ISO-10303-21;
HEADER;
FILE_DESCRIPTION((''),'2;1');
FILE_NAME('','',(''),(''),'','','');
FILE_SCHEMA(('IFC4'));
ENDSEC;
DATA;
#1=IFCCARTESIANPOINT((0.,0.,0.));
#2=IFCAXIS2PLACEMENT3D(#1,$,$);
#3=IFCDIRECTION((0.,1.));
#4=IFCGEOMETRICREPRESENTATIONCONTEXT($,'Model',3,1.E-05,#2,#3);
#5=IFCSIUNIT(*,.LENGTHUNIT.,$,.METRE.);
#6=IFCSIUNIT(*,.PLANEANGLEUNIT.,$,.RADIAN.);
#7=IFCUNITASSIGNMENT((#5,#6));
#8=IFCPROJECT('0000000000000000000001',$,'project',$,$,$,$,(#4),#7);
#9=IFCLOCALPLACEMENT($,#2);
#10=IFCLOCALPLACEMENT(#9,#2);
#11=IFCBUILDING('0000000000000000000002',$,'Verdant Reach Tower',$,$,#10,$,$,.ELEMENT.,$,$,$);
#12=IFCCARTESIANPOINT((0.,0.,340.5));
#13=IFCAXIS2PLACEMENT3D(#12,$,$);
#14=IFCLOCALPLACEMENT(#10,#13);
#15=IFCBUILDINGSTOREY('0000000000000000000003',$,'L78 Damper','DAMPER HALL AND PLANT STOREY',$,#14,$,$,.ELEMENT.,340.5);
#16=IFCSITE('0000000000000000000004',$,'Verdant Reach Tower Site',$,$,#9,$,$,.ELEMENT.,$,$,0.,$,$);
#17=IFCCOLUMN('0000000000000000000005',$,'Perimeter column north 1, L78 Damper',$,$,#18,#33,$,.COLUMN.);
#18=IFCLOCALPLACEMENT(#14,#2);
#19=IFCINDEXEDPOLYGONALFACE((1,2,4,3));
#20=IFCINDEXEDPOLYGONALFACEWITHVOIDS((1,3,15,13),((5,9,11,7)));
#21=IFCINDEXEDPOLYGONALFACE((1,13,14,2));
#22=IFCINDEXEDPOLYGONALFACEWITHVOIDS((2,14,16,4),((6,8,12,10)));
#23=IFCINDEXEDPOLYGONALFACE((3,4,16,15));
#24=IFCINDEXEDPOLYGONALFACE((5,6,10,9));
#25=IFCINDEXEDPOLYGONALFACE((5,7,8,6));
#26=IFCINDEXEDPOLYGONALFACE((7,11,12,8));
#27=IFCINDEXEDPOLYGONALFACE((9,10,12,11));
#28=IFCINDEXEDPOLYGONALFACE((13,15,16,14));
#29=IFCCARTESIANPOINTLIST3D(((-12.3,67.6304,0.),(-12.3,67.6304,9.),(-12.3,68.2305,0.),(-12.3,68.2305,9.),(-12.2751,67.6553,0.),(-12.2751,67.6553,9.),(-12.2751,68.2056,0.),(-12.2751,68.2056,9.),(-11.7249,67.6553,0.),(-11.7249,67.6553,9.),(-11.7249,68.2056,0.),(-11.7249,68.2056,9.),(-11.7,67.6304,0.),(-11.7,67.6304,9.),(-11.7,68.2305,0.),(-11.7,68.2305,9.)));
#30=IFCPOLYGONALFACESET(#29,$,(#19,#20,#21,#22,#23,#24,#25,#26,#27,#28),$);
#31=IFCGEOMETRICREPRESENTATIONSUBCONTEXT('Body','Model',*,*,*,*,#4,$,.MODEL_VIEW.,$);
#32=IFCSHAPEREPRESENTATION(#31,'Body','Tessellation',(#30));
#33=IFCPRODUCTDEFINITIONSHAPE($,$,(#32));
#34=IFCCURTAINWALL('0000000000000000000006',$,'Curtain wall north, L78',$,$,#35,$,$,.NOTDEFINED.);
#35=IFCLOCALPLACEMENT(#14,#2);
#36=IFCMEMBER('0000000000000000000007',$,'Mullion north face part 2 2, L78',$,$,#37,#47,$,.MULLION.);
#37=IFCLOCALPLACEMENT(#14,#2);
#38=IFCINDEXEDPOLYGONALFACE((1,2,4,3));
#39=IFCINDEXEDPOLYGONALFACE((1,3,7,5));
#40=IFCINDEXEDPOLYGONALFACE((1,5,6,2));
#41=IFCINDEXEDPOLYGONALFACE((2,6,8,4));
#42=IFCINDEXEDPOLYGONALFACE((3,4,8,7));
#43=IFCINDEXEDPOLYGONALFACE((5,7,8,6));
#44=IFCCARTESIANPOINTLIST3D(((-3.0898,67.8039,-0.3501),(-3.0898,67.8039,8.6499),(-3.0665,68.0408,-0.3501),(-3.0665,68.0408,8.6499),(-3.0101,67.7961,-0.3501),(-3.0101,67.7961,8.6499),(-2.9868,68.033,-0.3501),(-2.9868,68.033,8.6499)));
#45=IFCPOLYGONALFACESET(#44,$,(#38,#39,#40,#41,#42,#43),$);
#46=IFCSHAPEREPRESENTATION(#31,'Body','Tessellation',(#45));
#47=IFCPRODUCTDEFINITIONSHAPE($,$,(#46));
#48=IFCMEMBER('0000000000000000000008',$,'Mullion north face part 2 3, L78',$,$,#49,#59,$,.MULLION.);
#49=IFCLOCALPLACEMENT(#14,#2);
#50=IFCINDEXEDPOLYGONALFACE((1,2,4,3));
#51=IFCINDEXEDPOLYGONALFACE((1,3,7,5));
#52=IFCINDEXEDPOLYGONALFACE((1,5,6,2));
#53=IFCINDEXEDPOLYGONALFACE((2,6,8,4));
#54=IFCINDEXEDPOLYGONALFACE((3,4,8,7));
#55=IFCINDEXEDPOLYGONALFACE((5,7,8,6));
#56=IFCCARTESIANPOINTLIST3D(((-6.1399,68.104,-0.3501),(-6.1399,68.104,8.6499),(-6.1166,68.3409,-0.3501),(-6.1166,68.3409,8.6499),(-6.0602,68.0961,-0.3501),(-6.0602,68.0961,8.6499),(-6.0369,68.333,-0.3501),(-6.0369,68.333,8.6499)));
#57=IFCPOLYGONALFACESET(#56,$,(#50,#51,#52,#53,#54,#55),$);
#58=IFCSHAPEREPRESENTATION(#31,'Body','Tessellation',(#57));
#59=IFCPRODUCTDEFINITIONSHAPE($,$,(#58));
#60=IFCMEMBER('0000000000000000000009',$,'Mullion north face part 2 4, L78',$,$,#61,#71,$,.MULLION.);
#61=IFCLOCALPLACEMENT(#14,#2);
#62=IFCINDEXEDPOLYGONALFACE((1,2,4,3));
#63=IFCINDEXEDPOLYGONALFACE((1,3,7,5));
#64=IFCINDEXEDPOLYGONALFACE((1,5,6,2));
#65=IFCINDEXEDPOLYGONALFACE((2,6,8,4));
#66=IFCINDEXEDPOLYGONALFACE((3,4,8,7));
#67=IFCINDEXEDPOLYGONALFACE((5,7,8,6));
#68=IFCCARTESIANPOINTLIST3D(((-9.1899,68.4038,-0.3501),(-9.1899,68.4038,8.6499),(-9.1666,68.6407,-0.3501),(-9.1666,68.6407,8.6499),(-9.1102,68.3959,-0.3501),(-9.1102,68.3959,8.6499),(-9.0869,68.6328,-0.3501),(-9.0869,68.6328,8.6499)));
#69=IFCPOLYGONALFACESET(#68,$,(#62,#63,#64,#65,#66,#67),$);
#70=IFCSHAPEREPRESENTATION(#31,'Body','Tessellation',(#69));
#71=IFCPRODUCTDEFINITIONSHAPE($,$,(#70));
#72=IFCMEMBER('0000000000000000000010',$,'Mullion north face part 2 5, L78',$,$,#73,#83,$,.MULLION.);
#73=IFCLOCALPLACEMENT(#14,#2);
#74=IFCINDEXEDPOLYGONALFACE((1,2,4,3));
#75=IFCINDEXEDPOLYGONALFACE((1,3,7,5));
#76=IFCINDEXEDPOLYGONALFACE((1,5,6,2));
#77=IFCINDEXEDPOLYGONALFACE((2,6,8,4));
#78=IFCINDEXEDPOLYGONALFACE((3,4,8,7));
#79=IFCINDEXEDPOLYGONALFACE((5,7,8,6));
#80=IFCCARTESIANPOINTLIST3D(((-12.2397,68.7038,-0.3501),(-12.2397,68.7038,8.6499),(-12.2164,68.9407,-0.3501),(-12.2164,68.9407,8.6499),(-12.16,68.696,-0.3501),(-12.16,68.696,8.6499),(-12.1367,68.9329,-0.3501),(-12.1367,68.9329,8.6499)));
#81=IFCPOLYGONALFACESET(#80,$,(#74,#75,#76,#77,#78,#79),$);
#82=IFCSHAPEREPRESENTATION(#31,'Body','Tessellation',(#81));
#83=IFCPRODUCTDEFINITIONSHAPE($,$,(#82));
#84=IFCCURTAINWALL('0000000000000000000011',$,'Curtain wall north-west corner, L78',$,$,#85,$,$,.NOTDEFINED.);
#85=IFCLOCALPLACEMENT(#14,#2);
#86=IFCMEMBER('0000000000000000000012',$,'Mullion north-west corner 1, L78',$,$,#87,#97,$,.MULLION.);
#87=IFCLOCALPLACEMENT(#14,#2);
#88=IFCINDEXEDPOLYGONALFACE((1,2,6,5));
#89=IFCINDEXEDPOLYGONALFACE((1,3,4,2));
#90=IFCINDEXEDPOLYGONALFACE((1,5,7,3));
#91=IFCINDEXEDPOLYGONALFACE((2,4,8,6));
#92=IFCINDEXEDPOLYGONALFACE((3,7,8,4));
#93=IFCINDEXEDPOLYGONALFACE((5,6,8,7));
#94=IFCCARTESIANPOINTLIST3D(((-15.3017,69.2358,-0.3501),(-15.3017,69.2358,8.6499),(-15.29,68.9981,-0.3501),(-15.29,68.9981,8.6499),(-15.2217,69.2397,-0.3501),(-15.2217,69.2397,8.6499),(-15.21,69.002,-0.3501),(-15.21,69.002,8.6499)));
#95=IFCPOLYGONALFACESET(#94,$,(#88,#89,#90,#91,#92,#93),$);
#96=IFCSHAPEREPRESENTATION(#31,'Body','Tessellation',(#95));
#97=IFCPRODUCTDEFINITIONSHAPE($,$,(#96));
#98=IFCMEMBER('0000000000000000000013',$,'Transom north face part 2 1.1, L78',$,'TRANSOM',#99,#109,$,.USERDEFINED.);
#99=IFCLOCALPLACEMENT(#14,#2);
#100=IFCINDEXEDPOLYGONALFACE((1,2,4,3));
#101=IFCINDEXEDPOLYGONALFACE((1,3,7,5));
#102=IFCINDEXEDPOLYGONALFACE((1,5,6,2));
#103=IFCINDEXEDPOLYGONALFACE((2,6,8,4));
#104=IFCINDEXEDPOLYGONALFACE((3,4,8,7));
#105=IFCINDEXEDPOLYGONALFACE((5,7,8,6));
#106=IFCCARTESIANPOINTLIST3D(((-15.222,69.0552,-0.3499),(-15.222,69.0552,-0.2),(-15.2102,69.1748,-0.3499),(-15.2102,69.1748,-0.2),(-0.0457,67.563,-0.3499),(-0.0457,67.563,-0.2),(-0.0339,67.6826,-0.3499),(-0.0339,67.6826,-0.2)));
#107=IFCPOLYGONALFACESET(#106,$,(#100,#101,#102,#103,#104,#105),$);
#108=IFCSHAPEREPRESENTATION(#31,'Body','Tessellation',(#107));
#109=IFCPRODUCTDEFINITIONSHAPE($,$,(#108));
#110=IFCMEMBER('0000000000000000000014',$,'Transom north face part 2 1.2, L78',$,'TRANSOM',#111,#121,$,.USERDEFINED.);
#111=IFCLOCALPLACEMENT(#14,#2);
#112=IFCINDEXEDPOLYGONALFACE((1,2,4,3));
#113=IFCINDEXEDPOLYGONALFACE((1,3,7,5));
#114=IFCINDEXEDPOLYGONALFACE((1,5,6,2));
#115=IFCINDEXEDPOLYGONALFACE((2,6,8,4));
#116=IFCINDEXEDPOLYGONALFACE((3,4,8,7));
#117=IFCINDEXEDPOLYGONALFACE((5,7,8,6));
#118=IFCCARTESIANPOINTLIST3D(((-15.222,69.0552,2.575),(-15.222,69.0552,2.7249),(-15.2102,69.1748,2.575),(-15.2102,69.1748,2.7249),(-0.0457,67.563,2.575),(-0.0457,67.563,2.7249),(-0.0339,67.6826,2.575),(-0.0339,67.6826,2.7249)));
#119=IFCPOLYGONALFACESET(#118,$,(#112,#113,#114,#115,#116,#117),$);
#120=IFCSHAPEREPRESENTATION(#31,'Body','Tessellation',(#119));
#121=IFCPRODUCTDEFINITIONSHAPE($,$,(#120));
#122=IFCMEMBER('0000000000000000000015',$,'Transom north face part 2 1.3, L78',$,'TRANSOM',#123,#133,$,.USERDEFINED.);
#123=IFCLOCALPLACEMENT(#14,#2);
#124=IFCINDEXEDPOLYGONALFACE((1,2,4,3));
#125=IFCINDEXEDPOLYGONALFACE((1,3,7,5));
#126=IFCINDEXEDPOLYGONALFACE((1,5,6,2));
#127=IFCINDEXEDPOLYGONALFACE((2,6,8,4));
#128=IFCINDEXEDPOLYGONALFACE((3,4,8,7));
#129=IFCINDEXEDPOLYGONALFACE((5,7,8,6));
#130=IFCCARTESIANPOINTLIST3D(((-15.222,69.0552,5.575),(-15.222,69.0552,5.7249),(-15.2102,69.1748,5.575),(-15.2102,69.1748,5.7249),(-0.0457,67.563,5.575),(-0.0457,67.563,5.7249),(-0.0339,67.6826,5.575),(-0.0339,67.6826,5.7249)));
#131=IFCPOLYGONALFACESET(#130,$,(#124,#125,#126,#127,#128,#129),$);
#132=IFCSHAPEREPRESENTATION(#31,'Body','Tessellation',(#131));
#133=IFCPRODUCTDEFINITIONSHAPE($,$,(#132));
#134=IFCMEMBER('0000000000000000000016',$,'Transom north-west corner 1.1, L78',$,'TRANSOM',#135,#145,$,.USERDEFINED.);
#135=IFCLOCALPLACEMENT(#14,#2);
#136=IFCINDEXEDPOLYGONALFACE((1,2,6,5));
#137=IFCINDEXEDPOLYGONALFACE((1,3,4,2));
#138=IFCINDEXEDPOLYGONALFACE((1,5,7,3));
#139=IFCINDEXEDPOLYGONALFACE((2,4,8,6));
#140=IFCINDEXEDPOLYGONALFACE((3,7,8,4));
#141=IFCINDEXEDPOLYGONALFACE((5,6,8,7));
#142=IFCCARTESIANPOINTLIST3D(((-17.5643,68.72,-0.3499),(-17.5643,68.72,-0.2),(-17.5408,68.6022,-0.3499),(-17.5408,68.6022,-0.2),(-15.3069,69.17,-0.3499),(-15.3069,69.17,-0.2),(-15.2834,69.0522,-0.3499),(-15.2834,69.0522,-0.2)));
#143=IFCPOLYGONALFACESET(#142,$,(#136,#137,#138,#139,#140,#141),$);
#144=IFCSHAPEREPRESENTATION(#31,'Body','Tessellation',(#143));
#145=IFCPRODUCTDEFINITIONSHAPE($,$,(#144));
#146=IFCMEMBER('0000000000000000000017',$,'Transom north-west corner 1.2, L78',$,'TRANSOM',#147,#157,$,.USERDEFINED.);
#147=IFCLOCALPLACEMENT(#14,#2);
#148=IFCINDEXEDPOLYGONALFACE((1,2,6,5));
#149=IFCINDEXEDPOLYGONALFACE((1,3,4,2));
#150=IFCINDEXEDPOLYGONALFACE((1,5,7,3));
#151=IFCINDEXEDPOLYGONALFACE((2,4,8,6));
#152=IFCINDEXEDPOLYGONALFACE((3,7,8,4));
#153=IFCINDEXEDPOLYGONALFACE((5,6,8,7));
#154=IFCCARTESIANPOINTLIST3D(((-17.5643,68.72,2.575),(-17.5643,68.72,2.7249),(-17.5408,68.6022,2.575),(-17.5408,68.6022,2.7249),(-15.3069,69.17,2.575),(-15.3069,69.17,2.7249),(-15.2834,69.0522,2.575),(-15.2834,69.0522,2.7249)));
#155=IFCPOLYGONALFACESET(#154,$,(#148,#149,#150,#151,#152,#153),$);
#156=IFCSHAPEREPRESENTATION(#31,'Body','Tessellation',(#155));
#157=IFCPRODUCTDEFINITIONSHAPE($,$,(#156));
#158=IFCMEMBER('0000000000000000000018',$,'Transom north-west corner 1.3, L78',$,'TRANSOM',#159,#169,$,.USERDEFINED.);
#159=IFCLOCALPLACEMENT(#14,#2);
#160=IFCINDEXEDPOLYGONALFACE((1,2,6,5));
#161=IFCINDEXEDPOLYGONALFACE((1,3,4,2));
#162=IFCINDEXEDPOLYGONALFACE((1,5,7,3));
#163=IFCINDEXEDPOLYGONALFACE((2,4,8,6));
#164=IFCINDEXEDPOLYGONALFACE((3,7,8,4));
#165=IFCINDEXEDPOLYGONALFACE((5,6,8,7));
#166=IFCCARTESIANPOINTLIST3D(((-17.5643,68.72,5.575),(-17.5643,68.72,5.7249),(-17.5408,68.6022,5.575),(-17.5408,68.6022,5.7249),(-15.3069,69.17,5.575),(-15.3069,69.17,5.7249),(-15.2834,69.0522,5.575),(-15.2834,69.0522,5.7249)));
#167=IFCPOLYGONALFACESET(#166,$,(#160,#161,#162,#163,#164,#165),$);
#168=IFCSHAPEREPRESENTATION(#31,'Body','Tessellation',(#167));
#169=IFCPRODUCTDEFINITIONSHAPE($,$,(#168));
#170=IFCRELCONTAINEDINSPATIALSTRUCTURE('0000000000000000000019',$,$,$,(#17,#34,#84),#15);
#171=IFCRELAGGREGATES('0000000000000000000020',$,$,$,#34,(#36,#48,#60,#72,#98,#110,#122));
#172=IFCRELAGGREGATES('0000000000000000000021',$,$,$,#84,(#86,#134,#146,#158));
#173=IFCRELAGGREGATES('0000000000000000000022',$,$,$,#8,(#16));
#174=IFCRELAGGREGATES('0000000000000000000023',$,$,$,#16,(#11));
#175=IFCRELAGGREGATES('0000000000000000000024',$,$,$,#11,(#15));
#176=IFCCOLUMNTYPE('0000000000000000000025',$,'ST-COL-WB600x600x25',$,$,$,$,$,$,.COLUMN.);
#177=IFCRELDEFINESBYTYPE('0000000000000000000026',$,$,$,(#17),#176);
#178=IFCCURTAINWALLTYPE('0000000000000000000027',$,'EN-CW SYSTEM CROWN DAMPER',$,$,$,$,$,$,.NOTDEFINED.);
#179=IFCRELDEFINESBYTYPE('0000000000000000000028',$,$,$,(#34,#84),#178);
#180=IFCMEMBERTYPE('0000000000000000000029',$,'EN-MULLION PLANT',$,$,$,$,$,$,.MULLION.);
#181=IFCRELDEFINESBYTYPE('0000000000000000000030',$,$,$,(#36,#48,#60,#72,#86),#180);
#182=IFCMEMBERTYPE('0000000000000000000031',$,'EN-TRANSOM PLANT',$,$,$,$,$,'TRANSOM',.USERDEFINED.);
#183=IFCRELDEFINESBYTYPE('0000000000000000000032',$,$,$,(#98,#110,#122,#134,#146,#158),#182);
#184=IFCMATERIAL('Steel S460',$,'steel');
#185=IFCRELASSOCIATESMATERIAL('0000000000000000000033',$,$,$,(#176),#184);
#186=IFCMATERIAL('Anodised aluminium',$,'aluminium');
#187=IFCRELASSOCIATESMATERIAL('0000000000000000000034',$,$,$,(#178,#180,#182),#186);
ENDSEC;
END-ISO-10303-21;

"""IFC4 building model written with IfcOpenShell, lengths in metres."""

from ifc_helpers import new_model, si_unit, direction, frame, origin, origin_2d, place, context, subcontext, project, spatial, rectangle, hollow_rectangle, extrude, material, material_profile, profile_set, type_object, element, aggregate, save


model = new_model("IFC4")

# Units and contexts
model_context = context("Model", 3, precision=1e-05, world=origin(), true_north=direction((0.0, 1.0)))
body_context = subcontext(model_context, "Body", "Model", "MODEL_VIEW")
ifc_project = project(units=[si_unit("LENGTHUNIT", "METRE"), si_unit("PLANEANGLEUNIT", "RADIAN")], contexts=[model_context])

# Site, building, storey
site_placement = place(None, origin())
site = spatial("IfcSite", under=ifc_project, at=site_placement, Name="Verdant Reach Tower Site", CompositionType="ELEMENT", RefElevation=0.0)
building_placement = place(site_placement, origin())
building = spatial("IfcBuilding", under=site, at=building_placement, Name="Verdant Reach Tower", CompositionType="ELEMENT")
storey_placement = place(building_placement, frame((0.0, 0.0, 340.5)))
storey = spatial("IfcBuildingStorey", under=building, at=storey_placement, Name="L78 Damper", Description="DAMPER HALL AND PLANT STOREY", CompositionType="ELEMENT", Elevation=340.5)

# Column
ifc_material_1 = material(Name="Steel S460", Category="steel")
ifc_material_profile_1 = material_profile(ifc_material_1, hollow_rectangle(XDim=0.6001, YDim=0.6001, WallThickness=0.0249, at=origin_2d()), Name="WB 600x600x25")
ifc_profile_set_1 = profile_set([ifc_material_profile_1], Name="Steel S460")
column_type = type_object("IfcColumnType", Name="ST-COL-WB600x600x25", PredefinedType="COLUMN", material=ifc_profile_set_1)
column_placement = place(storey_placement, frame((-12.0, 67.9304, 0.0), z_axis=(0.0, 0.0, 1.0), x_axis=(1.0, 0.0, 0.0)))
element("IfcColumn", 1, at=column_placement, inside=storey, type_object=column_type, Name="Perimeter column north 1, L78 Damper", PredefinedType="COLUMN", context=body_context, shape_type="SweptSolid", body=[
    extrude(hollow_rectangle(XDim=0.6001, YDim=0.6001, WallThickness=0.0249, at=origin_2d()), origin(), (0.0, 0.0, 1.0), 9.0),
])

# Curtain wall, members
ifc_material_2 = material(Name="Anodised aluminium", Category="aluminium")
curtain_wall_type = type_object("IfcCurtainWallType", Name="EN-CW SYSTEM CROWN DAMPER", PredefinedType="NOTDEFINED", material=ifc_material_2)
curtain_wall_1_placement = place(storey_placement, origin())
curtain_wall_1 = element("IfcCurtainWall", 2, at=curtain_wall_1_placement, inside=storey, type_object=curtain_wall_type, Name="Curtain wall north, L78", PredefinedType="NOTDEFINED")
ifc_material_profile_2 = material_profile(ifc_material_2, rectangle(XDim=0.238, YDim=0.0801, at=origin_2d()), Name="Mullion 80x240")
ifc_profile_set_2 = profile_set([ifc_material_profile_2], Name="Anodised aluminium")
member_type_1 = type_object("IfcMemberType", Name="EN-MULLION PLANT", PredefinedType="MULLION", material=ifc_profile_set_2)
member_1_placement = place(storey_placement, frame((-3.0383, 67.9185, -0.3501), z_axis=(0.0, 0.0, 1.0), x_axis=(0.097888, 0.995197, 0.0)))
member_1 = element("IfcMember", 3, at=member_1_placement, type_object=member_type_1, Name="Mullion north face part 2 2, L78", PredefinedType="MULLION", context=body_context, shape_type="SweptSolid", body=[
    extrude(rectangle(XDim=0.238, YDim=0.0801, at=origin_2d()), origin(), (0.0, 0.0, 1.0), 9.0),
])
member_2_placement = place(storey_placement, frame((-6.0884, 68.2185, -0.3501), z_axis=(0.0, 0.0, 1.0), x_axis=(0.097888, 0.995197, 0.0)))
member_2 = element("IfcMember", 4, at=member_2_placement, type_object=member_type_1, Name="Mullion north face part 2 3, L78", PredefinedType="MULLION", context=body_context, shape_type="SweptSolid", body=[
    extrude(rectangle(XDim=0.238, YDim=0.0801, at=origin_2d()), origin(), (0.0, 0.0, 1.0), 9.0),
])
member_3_placement = place(storey_placement, frame((-9.1384, 68.5183, -0.3501), z_axis=(0.0, 0.0, 1.0), x_axis=(0.097888, 0.995197, 0.0)))
member_3 = element("IfcMember", 5, at=member_3_placement, type_object=member_type_1, Name="Mullion north face part 2 4, L78", PredefinedType="MULLION", context=body_context, shape_type="SweptSolid", body=[
    extrude(rectangle(XDim=0.238, YDim=0.0801, at=origin_2d()), origin(), (0.0, 0.0, 1.0), 9.0),
])
member_4_placement = place(storey_placement, frame((-12.1882, 68.8184, -0.3501), z_axis=(0.0, 0.0, 1.0), x_axis=(0.097888, 0.995197, 0.0)))
member_4 = element("IfcMember", 6, at=member_4_placement, type_object=member_type_1, Name="Mullion north face part 2 5, L78", PredefinedType="MULLION", context=body_context, shape_type="SweptSolid", body=[
    extrude(rectangle(XDim=0.238, YDim=0.0801, at=origin_2d()), origin(), (0.0, 0.0, 1.0), 9.0),
])

# Curtain wall, member
curtain_wall_2_placement = place(storey_placement, origin())
curtain_wall_2 = element("IfcCurtainWall", 7, at=curtain_wall_2_placement, inside=storey, type_object=curtain_wall_type, Name="Curtain wall north-west corner, L78", PredefinedType="NOTDEFINED")
member_5_placement = place(storey_placement, frame((-15.2559, 69.1189, -0.3501), z_axis=(0.0, 0.0, 1.0), x_axis=(-0.049128, 0.998793, 0.0)))
member_5 = element("IfcMember", 8, at=member_5_placement, type_object=member_type_1, Name="Mullion north-west corner 1, L78", PredefinedType="MULLION", context=body_context, shape_type="SweptSolid", body=[
    extrude(rectangle(XDim=0.238, YDim=0.0801, at=origin_2d()), origin(), (0.0, 0.0, 1.0), 9.0),
])

# Members
ifc_material_profile_3 = material_profile(ifc_material_2, rectangle(XDim=0.1201, YDim=0.1499, at=origin_2d()), Name="Transom 150x120")
ifc_profile_set_3 = profile_set([ifc_material_profile_3], Name="Anodised aluminium")
member_type_2 = type_object("IfcMemberType", Name="EN-TRANSOM PLANT", ElementType="TRANSOM", PredefinedType="USERDEFINED", material=ifc_profile_set_3)
member_6_placement = place(storey_placement, frame((-0.0398, 67.6228, -0.2749), z_axis=(-0.995201, 0.097852, 0.0), x_axis=(-0.097852, -0.995201, 0.0)))
member_6 = element("IfcMember", 9, at=member_6_placement, type_object=member_type_2, Name="Transom north face part 2 1.1, L78", ObjectType="TRANSOM", PredefinedType="USERDEFINED", context=body_context, shape_type="SweptSolid", body=[
    extrude(rectangle(XDim=0.1201, YDim=0.1499, at=origin_2d()), origin(), (0.0, 0.0, 1.0), 15.2495),
])
member_7_placement = place(storey_placement, frame((-0.0398, 67.6228, 2.6499), z_axis=(-0.995201, 0.097852, 0.0), x_axis=(-0.097852, -0.995201, 0.0)))
member_7 = element("IfcMember", 10, at=member_7_placement, type_object=member_type_2, Name="Transom north face part 2 1.2, L78", ObjectType="TRANSOM", PredefinedType="USERDEFINED", context=body_context, shape_type="SweptSolid", body=[
    extrude(rectangle(XDim=0.1201, YDim=0.1499, at=origin_2d()), origin(), (0.0, 0.0, 1.0), 15.2495),
])
member_8_placement = place(storey_placement, frame((-0.0398, 67.6228, 5.6499), z_axis=(-0.995201, 0.097852, 0.0), x_axis=(-0.097852, -0.995201, 0.0)))
member_8 = element("IfcMember", 11, at=member_8_placement, type_object=member_type_2, Name="Transom north face part 2 1.3, L78", ObjectType="TRANSOM", PredefinedType="USERDEFINED", context=body_context, shape_type="SweptSolid", body=[
    extrude(rectangle(XDim=0.1201, YDim=0.1499, at=origin_2d()), origin(), (0.0, 0.0, 1.0), 15.2495),
])
member_9_placement = place(storey_placement, frame((-15.2952, 69.1111, -0.2749), z_axis=(-0.980707, -0.195484, 0.0), x_axis=(0.195484, -0.980707, 0.0)))
member_9 = element("IfcMember", 12, at=member_9_placement, type_object=member_type_2, Name="Transom north-west corner 1.1, L78", ObjectType="TRANSOM", PredefinedType="USERDEFINED", context=body_context, shape_type="SweptSolid", body=[
    extrude(rectangle(XDim=0.1201, YDim=0.1499, at=origin_2d()), origin(), (0.0, 0.0, 1.0), 2.3018),
])
member_10_placement = place(storey_placement, frame((-15.2952, 69.1111, 2.6499), z_axis=(-0.980707, -0.195484, 0.0), x_axis=(0.195484, -0.980707, 0.0)))
member_10 = element("IfcMember", 13, at=member_10_placement, type_object=member_type_2, Name="Transom north-west corner 1.2, L78", ObjectType="TRANSOM", PredefinedType="USERDEFINED", context=body_context, shape_type="SweptSolid", body=[
    extrude(rectangle(XDim=0.1201, YDim=0.1499, at=origin_2d()), origin(), (0.0, 0.0, 1.0), 2.3018),
])
member_11_placement = place(storey_placement, frame((-15.2952, 69.1111, 5.6499), z_axis=(-0.980707, -0.195484, 0.0), x_axis=(0.195484, -0.980707, 0.0)))
member_11 = element("IfcMember", 14, at=member_11_placement, type_object=member_type_2, Name="Transom north-west corner 1.3, L78", ObjectType="TRANSOM", PredefinedType="USERDEFINED", context=body_context, shape_type="SweptSolid", body=[
    extrude(rectangle(XDim=0.1201, YDim=0.1499, at=origin_2d()), origin(), (0.0, 0.0, 1.0), 2.3018),
])

aggregate(curtain_wall_1, [member_1, member_2, member_3, member_4, member_6, member_7, member_8])
aggregate(curtain_wall_2, [member_5, member_9, member_10, member_11])

save(model, "model.ifc")
